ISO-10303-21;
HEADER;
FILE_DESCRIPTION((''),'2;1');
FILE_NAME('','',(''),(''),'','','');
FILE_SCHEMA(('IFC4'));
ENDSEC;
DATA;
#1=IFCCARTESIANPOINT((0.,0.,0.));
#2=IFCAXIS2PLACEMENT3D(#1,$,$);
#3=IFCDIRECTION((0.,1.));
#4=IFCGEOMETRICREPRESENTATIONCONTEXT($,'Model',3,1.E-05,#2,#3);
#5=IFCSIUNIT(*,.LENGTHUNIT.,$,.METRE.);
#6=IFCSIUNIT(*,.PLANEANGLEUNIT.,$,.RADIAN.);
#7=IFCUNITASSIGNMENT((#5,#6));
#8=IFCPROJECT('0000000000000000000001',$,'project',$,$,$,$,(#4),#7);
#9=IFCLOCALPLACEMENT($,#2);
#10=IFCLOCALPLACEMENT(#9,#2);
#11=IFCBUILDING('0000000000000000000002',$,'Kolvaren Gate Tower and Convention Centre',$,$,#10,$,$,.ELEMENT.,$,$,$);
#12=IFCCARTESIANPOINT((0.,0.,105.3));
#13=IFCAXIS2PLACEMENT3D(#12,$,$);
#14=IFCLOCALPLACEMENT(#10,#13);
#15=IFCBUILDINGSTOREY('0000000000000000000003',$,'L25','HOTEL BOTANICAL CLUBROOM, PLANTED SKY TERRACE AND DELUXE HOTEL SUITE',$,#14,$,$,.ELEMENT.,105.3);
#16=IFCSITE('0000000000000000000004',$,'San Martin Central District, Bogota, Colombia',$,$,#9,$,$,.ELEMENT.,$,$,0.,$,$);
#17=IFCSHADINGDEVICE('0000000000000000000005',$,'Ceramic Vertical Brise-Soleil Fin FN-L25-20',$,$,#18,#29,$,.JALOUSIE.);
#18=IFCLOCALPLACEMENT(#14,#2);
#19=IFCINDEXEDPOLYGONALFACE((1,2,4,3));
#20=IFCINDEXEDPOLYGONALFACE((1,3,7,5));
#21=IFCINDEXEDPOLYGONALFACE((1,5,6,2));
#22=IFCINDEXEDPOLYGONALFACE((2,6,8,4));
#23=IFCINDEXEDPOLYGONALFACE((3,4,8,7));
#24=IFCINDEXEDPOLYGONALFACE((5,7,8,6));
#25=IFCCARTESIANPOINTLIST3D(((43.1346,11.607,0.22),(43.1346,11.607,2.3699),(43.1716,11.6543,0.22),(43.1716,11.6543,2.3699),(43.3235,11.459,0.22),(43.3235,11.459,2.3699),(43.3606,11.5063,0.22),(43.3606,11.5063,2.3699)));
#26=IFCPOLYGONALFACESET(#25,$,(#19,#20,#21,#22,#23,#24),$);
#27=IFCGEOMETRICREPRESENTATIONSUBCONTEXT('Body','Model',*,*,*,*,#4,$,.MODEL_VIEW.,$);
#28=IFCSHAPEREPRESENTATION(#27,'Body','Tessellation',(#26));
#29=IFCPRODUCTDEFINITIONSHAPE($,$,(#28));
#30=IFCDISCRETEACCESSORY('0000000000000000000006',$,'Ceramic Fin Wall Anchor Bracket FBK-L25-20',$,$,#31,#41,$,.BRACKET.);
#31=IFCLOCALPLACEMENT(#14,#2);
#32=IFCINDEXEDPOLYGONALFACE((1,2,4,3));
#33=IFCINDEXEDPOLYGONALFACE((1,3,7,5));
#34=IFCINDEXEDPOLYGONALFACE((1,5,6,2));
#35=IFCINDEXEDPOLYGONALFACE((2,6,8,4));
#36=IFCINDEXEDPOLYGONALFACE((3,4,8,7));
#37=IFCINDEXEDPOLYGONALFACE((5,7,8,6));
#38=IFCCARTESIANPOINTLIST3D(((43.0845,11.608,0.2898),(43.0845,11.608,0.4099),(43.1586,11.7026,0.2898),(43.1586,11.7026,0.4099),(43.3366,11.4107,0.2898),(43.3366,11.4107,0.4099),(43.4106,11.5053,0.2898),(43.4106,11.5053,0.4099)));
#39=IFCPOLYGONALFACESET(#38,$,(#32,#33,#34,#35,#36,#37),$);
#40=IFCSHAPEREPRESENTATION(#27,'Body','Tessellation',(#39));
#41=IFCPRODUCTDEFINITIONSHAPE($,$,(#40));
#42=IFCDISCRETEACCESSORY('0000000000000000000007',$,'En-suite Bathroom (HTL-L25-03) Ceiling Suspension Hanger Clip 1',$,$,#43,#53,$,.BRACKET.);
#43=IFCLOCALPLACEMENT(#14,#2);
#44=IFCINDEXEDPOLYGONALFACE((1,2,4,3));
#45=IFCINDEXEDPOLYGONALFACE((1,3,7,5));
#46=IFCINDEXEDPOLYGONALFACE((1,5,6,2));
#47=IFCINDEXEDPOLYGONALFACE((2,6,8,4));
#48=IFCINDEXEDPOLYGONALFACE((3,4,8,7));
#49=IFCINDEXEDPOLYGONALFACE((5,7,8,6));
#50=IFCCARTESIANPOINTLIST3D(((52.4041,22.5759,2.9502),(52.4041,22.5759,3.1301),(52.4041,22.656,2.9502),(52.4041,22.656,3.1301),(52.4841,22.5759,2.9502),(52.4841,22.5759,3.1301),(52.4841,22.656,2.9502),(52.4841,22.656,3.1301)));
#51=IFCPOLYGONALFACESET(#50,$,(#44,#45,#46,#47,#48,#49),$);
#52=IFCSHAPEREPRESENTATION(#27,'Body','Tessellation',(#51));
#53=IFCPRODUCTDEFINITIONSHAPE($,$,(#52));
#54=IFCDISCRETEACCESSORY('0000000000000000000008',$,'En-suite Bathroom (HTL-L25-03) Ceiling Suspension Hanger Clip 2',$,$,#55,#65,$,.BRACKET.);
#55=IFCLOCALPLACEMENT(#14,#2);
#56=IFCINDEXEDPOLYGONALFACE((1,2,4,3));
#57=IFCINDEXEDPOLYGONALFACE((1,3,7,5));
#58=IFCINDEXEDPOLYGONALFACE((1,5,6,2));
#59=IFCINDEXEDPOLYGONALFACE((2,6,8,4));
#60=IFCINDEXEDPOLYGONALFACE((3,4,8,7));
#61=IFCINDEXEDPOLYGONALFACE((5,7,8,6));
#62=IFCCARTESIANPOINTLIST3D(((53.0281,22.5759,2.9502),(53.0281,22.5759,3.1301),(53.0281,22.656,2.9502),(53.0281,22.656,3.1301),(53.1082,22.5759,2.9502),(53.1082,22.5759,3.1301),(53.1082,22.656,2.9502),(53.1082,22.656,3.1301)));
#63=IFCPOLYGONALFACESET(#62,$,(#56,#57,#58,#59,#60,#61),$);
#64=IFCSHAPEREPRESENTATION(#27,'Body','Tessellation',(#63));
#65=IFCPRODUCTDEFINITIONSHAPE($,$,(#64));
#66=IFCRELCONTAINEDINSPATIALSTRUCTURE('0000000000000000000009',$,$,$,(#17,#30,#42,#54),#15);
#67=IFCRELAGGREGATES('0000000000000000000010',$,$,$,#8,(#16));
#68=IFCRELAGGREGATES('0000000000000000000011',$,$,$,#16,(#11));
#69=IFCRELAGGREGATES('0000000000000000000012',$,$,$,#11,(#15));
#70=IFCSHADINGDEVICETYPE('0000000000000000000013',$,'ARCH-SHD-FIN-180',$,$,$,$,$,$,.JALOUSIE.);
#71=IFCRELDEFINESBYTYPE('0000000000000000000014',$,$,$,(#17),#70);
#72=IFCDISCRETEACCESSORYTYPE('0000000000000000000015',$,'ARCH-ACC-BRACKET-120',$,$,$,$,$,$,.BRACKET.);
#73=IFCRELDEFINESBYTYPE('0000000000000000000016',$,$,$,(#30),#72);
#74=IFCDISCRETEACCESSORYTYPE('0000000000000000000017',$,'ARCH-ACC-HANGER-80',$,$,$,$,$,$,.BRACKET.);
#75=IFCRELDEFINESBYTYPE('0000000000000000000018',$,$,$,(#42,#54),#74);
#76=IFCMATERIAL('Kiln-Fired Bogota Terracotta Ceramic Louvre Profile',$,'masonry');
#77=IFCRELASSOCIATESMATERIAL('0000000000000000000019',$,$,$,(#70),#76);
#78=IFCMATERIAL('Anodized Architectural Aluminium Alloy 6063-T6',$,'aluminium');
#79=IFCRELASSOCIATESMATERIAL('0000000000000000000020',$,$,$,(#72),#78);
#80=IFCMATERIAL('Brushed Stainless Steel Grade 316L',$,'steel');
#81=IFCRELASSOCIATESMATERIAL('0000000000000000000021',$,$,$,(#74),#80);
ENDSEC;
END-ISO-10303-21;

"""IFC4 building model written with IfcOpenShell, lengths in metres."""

from ifc_helpers import new_model, si_unit, direction, frame, origin, origin_2d, place, context, subcontext, project, spatial, rectangle, extrude, material, type_object, element, save


model = new_model("IFC4")

# Units and contexts
model_context = context("Model", 3, precision=1e-05, world=origin(), true_north=direction((0.0, 1.0)))
body_context = subcontext(model_context, "Body", "Model", "MODEL_VIEW")
ifc_project = project(units=[si_unit("LENGTHUNIT", "METRE"), si_unit("PLANEANGLEUNIT", "RADIAN")], contexts=[model_context])

# Site, building, storey
site_placement = place(None, origin())
site = spatial("IfcSite", under=ifc_project, at=site_placement, Name="San Martin Central District, Bogota, Colombia", CompositionType="ELEMENT", RefElevation=0.0)
building_placement = place(site_placement, origin())
building = spatial("IfcBuilding", under=site, at=building_placement, Name="Kolvaren Gate Tower and Convention Centre", CompositionType="ELEMENT")
storey_placement = place(building_placement, frame((0.0, 0.0, 105.3)))
storey = spatial("IfcBuildingStorey", under=building, at=storey_placement, Name="L25", Description="HOTEL BOTANICAL CLUBROOM, PLANTED SKY TERRACE AND DELUXE HOTEL SUITE", CompositionType="ELEMENT", Elevation=105.3)

# Shared definitions
ifc_material_1 = material(Name="Anodized Architectural Aluminium Alloy 6063-T6", Category="aluminium")

# Shared definitions
ifc_material_2 = material(Name="Brushed Stainless Steel Grade 316L", Category="steel")

# Shading device
ifc_material_3 = material(Name="Kiln-Fired Bogota Terracotta Ceramic Louvre Profile", Category="masonry")
shading_device_type = type_object("IfcShadingDeviceType", Name="ARCH-SHD-FIN-180", PredefinedType="JALOUSIE", material=ifc_material_3)
shading_device_placement = place(storey_placement, frame((43.2476, 11.5566, 0.22), z_axis=(0.0, 0.0, 1.0), x_axis=(0.616424, 0.787414, 0.0)))
element("IfcShadingDevice", 1, at=shading_device_placement, inside=storey, type_object=shading_device_type, Name="Ceramic Vertical Brise-Soleil Fin FN-L25-20", PredefinedType="JALOUSIE", context=body_context, shape_type="SweptSolid", body=[
    extrude(rectangle(XDim=0.0601, YDim=0.24, at=origin_2d()), origin(), (0.0, 0.0, 1.0), 2.1499),
])

# Discrete accessories
discrete_accessory_type_1 = type_object("IfcDiscreteAccessoryType", Name="ARCH-ACC-BRACKET-120", PredefinedType="BRACKET", material=ifc_material_1)
discrete_accessory_placement = place(storey_placement, frame((43.2476, 11.5566, 0.2898), z_axis=(0.0, 0.0, 1.0), x_axis=(0.616424, 0.787414, 0.0)))
element("IfcDiscreteAccessory", 2, at=discrete_accessory_placement, inside=storey, type_object=discrete_accessory_type_1, Name="Ceramic Fin Wall Anchor Bracket FBK-L25-20", PredefinedType="BRACKET", context=body_context, shape_type="SweptSolid", body=[
    extrude(rectangle(XDim=0.1201, YDim=0.3201, at=origin_2d()), origin(), (0.0, 0.0, 1.0), 0.1201),
])
discrete_accessory_type_2 = type_object("IfcDiscreteAccessoryType", Name="ARCH-ACC-HANGER-80", PredefinedType="BRACKET", material=ifc_material_2)
for number, where, z_axis, x_axis, name in (
    (3, (52.4441, 22.616, 2.9502), (0.0, 0.0, 1.0), (1.0, 0.0, 0.0), "En-suite Bathroom (HTL-L25-03) Ceiling Suspension Hanger Clip 1"),
    (4, (53.0681, 22.616, 2.9502), (0.0, 0.0, 1.0), (1.0, 0.0, 0.0), "En-suite Bathroom (HTL-L25-03) Ceiling Suspension Hanger Clip 2"),
):
    element("IfcDiscreteAccessory", number, at=place(storey_placement, frame(where, z_axis=z_axis, x_axis=x_axis)), inside=storey, type_object=discrete_accessory_type_2, Name=name, PredefinedType="BRACKET", context=body_context, shape_type="SweptSolid", body=[
        extrude(rectangle(XDim=0.0801, YDim=0.0801, at=origin_2d()), origin(), (0.0, 0.0, 1.0), 0.1799),
    ])

save(model, "model.ifc")
